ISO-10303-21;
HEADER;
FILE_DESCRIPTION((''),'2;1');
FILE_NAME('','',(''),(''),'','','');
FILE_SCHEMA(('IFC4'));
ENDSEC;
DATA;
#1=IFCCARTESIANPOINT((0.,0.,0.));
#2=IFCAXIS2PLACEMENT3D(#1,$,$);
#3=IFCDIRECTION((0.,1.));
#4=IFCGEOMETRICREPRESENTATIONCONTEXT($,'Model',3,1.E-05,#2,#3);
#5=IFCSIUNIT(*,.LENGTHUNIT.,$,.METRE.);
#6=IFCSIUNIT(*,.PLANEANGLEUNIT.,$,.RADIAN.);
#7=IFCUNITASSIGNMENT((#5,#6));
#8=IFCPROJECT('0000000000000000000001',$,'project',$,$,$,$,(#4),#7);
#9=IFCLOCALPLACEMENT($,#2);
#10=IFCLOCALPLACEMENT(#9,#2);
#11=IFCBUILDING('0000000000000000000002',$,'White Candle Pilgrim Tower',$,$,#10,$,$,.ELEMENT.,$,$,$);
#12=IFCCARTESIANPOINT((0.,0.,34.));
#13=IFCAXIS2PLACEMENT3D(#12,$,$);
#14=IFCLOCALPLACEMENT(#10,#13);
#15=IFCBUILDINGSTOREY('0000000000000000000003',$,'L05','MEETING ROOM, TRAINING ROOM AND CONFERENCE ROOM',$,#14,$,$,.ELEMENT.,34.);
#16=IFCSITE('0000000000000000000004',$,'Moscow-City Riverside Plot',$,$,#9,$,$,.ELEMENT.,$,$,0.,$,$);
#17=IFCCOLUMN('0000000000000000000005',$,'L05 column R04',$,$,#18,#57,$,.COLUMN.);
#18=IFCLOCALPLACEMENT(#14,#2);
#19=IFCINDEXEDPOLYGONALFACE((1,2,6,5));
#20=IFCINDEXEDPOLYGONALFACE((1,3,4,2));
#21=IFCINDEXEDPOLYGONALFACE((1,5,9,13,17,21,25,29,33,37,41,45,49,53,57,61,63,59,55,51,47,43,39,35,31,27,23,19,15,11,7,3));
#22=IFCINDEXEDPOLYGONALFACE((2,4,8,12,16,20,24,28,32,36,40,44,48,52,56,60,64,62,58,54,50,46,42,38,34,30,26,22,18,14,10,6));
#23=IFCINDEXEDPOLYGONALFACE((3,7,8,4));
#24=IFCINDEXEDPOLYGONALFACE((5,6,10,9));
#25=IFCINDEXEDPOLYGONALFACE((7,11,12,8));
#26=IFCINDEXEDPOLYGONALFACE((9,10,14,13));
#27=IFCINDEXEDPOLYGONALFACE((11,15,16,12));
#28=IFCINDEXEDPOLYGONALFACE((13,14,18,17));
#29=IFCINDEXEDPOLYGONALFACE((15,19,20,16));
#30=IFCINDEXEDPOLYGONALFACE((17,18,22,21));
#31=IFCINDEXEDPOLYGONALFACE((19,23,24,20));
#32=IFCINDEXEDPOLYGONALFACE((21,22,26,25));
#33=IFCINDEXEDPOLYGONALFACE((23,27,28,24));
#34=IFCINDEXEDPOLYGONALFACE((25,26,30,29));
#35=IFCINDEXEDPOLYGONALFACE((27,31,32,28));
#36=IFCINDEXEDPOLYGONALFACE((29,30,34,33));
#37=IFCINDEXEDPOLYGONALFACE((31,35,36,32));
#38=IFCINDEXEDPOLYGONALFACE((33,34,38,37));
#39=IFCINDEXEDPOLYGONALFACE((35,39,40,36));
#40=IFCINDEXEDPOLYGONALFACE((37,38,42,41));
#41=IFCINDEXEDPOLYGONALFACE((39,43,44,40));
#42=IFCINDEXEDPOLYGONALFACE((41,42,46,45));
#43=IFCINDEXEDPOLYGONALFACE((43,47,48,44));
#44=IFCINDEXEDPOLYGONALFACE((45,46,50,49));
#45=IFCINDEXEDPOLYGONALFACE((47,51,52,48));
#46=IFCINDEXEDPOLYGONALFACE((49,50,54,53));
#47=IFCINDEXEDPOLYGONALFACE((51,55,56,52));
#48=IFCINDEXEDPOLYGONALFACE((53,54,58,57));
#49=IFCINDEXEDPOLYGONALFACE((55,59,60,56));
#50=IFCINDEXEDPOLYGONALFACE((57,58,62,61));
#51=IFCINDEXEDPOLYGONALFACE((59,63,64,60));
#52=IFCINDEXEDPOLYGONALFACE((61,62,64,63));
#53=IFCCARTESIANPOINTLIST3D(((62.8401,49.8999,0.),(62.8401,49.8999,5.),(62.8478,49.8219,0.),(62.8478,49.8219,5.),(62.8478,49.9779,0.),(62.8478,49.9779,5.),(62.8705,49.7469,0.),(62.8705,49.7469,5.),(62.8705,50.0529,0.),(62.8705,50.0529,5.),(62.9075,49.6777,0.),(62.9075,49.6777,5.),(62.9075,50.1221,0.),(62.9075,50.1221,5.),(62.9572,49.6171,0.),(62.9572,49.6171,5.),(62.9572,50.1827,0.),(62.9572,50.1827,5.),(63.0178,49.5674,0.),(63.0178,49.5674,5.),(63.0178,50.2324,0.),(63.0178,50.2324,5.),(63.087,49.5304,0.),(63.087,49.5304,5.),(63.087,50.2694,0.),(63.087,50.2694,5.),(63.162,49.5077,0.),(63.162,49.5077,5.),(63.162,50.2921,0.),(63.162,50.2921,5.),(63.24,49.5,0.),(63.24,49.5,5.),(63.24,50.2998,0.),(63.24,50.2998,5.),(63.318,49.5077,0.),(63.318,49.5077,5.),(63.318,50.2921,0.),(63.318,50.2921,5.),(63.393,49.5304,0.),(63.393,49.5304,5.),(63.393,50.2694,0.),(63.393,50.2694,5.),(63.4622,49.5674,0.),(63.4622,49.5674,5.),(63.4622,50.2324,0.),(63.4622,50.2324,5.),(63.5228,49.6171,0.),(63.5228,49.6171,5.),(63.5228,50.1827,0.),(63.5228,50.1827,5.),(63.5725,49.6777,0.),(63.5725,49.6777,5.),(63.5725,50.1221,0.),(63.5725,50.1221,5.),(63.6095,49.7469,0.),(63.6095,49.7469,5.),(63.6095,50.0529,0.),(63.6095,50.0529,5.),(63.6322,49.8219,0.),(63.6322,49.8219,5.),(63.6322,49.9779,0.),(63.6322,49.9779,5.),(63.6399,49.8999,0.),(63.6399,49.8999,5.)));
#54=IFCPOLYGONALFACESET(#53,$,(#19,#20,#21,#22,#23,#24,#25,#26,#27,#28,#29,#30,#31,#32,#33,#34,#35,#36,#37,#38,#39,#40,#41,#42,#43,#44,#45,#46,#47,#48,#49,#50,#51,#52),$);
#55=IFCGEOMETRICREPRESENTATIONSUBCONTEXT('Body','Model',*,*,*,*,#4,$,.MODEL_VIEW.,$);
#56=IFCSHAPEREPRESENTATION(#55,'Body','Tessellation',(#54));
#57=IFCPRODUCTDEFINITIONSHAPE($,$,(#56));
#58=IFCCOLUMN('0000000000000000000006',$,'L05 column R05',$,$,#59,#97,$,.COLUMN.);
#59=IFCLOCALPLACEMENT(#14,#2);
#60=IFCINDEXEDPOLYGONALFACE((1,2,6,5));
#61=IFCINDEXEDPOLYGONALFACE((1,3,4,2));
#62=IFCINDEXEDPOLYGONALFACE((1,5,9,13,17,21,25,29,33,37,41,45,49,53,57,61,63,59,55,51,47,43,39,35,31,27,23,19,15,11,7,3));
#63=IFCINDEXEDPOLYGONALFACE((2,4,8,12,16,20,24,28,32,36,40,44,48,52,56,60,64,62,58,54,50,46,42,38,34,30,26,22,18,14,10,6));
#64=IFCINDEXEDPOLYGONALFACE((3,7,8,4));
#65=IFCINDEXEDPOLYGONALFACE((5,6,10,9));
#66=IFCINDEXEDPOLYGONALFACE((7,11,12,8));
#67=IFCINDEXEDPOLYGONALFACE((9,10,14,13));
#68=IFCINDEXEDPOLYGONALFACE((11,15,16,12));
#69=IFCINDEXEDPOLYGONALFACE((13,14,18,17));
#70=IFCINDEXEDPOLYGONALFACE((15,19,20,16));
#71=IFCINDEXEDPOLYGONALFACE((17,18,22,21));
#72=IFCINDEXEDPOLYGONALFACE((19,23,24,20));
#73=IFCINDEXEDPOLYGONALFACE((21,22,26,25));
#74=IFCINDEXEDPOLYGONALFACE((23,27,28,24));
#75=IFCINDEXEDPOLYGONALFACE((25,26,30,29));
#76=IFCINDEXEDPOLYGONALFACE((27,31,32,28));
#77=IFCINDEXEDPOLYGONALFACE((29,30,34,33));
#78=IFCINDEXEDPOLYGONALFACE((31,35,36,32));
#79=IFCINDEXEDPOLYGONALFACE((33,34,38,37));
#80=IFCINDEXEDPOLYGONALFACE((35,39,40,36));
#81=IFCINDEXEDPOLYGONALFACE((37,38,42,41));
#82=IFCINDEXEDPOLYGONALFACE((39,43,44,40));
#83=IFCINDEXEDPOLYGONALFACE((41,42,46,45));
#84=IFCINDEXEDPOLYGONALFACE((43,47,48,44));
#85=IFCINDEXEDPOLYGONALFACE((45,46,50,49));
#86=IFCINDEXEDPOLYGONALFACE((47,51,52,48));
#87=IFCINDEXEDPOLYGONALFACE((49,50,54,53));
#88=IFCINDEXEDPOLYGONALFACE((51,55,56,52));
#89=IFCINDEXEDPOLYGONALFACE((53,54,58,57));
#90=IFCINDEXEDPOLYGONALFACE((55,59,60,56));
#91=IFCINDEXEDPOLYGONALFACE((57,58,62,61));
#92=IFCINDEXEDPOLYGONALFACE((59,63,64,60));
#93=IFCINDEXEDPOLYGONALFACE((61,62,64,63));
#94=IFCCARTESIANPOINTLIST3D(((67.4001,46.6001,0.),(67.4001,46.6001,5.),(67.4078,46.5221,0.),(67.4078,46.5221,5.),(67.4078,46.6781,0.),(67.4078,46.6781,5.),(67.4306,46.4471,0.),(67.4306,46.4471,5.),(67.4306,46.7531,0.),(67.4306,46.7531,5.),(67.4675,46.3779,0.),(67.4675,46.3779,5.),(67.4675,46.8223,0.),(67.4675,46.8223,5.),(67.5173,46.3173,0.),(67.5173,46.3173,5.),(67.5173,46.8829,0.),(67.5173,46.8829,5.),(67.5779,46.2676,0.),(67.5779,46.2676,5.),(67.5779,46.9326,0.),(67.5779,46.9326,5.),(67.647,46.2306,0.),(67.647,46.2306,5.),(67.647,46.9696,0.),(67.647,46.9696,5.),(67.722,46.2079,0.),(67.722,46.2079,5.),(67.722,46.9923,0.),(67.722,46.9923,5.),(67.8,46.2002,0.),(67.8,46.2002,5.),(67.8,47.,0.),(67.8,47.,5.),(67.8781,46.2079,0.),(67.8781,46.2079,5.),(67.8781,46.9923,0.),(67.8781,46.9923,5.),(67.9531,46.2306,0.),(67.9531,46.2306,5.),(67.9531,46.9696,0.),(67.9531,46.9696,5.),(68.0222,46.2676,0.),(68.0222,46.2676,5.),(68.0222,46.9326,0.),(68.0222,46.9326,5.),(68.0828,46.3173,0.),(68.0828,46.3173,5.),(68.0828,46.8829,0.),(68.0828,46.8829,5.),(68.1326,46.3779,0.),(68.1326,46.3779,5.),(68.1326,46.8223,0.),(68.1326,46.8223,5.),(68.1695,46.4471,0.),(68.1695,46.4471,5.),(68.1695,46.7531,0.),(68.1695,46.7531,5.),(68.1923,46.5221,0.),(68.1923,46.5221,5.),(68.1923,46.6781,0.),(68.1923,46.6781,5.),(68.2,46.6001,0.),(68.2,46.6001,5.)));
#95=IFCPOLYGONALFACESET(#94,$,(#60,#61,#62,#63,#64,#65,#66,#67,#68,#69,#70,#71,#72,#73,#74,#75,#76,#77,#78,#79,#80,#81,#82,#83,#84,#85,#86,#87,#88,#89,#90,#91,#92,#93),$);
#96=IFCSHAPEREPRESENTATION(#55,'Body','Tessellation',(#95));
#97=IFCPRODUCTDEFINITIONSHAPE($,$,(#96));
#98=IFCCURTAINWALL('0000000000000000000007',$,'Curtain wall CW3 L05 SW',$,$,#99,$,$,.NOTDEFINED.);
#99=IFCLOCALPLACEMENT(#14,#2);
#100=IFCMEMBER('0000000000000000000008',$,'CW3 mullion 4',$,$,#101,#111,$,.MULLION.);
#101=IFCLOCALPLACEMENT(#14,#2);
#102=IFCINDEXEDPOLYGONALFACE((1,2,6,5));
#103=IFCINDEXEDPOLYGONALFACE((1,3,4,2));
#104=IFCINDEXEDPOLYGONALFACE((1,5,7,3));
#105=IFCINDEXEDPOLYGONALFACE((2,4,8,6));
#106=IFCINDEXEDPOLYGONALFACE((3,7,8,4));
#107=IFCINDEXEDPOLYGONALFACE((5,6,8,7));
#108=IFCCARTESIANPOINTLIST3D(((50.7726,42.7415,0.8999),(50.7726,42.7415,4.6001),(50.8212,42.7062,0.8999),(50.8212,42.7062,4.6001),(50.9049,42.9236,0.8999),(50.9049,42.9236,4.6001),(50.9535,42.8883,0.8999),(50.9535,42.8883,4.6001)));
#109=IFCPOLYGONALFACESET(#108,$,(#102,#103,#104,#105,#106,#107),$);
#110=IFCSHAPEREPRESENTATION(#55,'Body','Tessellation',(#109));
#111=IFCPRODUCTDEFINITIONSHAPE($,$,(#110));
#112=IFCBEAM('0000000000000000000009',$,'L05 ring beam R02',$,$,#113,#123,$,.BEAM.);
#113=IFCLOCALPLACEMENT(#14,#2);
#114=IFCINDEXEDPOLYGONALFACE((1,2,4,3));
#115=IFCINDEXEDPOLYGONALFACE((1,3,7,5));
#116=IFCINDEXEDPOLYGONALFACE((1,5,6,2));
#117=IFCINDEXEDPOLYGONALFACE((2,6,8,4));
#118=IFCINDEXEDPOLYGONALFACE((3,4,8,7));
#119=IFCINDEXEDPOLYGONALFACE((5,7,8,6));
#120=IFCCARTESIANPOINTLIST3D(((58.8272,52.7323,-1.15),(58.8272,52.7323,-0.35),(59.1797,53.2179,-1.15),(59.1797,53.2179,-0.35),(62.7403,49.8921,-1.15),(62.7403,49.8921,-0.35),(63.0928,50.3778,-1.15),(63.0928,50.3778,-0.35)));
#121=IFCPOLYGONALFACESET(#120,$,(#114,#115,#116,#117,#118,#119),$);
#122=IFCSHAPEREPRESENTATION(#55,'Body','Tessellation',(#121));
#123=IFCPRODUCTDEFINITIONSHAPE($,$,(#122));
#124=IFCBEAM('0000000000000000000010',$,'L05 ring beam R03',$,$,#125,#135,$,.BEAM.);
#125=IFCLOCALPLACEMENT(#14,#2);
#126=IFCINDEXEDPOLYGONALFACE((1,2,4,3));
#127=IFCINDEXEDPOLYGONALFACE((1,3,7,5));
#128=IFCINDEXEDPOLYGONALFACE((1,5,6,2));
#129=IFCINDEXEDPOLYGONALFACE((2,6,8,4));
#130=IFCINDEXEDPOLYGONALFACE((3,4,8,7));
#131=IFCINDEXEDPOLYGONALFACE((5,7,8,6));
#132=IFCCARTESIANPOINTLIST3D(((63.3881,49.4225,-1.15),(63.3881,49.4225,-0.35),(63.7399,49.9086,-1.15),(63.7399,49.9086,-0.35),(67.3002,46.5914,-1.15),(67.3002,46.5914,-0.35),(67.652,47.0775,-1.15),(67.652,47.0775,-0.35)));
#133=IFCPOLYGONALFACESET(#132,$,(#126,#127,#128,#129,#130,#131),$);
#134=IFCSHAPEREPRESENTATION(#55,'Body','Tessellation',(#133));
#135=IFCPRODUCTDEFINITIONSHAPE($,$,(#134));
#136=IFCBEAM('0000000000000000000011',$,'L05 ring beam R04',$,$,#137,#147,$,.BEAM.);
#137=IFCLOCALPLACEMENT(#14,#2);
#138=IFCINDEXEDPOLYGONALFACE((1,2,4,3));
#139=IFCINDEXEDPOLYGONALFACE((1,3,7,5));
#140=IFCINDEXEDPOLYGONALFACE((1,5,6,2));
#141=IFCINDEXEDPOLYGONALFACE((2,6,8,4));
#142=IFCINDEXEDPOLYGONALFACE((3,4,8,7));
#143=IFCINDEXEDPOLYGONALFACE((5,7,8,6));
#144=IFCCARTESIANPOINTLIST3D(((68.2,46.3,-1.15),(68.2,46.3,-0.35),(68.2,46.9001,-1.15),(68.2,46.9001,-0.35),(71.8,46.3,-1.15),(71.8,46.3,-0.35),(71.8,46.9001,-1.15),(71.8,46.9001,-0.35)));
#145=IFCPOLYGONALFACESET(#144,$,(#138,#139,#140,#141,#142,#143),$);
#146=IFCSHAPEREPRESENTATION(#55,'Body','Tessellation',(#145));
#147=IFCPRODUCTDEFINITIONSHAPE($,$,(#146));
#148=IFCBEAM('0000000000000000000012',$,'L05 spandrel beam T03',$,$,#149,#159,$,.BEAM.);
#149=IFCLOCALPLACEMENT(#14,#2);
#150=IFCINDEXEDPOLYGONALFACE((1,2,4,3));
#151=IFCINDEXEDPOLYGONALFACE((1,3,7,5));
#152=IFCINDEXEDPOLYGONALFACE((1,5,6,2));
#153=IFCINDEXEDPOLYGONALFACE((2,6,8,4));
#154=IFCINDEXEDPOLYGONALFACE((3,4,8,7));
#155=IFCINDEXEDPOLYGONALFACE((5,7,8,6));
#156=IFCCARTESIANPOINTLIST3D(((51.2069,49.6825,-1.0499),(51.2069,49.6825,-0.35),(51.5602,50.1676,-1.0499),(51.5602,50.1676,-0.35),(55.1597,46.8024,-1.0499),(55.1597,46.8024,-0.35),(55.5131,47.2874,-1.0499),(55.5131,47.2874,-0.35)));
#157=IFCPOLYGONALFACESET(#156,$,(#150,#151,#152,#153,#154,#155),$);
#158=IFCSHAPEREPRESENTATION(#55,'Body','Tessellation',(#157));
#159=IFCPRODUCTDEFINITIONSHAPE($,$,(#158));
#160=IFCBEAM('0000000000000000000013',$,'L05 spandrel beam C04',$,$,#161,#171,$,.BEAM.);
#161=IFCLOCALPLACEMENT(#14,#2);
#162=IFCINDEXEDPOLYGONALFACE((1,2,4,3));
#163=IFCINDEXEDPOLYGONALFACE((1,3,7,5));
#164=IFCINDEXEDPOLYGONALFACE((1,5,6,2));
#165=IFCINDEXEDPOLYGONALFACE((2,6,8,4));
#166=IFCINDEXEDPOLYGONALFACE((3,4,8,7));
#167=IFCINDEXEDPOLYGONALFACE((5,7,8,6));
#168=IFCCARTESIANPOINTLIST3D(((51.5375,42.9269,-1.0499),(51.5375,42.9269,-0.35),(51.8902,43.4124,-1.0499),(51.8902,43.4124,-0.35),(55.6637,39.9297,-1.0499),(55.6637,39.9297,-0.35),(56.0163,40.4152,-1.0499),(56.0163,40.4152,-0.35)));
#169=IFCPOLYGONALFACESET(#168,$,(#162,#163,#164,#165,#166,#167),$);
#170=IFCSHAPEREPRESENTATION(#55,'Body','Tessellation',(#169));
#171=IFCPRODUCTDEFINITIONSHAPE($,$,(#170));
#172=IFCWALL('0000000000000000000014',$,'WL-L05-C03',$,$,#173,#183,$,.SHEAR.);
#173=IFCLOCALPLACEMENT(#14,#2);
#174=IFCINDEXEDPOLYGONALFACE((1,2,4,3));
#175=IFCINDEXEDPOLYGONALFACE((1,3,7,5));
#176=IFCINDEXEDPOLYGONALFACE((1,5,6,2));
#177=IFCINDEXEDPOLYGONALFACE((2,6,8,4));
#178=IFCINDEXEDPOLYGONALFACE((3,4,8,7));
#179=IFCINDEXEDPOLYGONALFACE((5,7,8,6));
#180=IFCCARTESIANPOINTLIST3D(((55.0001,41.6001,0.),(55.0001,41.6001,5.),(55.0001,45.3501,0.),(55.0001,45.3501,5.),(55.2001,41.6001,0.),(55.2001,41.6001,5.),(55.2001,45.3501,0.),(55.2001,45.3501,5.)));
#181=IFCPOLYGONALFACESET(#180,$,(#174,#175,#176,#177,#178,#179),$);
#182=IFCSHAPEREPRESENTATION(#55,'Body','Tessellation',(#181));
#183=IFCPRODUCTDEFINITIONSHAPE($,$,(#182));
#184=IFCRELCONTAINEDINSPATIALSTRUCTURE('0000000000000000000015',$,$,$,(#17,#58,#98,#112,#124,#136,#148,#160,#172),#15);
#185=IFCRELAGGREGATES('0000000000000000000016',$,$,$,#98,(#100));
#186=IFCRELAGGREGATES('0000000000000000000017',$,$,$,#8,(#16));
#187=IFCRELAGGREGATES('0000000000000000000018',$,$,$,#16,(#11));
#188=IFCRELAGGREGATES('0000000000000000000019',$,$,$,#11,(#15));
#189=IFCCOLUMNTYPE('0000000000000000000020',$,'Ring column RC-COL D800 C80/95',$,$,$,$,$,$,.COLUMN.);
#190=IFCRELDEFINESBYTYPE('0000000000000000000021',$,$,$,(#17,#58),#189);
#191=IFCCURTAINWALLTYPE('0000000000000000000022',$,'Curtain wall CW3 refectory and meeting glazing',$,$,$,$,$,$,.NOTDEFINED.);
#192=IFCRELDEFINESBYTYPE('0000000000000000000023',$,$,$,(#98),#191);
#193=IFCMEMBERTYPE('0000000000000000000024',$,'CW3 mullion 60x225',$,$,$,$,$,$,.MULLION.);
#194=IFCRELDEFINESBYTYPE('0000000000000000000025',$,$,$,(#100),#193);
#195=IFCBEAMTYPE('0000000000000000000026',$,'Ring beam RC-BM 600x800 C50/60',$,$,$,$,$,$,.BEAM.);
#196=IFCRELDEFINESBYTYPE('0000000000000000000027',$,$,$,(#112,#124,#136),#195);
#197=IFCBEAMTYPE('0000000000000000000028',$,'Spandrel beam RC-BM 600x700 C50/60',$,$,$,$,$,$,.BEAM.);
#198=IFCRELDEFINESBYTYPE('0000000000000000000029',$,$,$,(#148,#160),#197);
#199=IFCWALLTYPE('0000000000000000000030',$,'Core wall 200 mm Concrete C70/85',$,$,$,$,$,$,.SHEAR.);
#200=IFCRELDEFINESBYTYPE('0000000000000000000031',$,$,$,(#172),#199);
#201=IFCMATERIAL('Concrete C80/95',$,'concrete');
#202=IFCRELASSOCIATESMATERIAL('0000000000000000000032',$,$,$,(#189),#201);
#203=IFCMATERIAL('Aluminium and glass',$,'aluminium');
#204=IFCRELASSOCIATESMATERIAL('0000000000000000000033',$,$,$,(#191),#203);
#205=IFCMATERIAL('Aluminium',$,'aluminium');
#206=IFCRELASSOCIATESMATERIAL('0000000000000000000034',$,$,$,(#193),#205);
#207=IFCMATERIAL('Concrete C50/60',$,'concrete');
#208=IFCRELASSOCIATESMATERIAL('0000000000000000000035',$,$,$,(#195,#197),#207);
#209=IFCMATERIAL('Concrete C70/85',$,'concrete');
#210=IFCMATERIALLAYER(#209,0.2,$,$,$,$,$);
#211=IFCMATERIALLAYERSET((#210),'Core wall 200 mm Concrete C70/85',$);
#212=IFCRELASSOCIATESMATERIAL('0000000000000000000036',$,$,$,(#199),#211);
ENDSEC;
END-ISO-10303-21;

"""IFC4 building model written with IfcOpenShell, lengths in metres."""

from ifc_helpers import new_model, si_unit, direction, frame, frame_2d, origin, origin_2d, place, context, subcontext, project, spatial, rectangle, circle, extrude, material, layer, layer_set, material_profile, profile_set, type_object, element, aggregate, save


model = new_model("IFC4")

# Units and contexts
model_context = context("Model", 3, precision=1e-05, world=origin(), true_north=direction((0.0, 1.0)))
body_context = subcontext(model_context, "Body", "Model", "MODEL_VIEW")
ifc_project = project(units=[si_unit("LENGTHUNIT", "METRE"), si_unit("PLANEANGLEUNIT", "RADIAN")], contexts=[model_context])

# Site, building, storey
site_placement = place(None, origin())
site = spatial("IfcSite", under=ifc_project, at=site_placement, Name="Moscow-City Riverside Plot", CompositionType="ELEMENT", RefElevation=0.0)
building_placement = place(site_placement, origin())
building = spatial("IfcBuilding", under=site, at=building_placement, Name="White Candle Pilgrim Tower", CompositionType="ELEMENT")
storey_placement = place(building_placement, frame((0.0, 0.0, 34.0)))
storey = spatial("IfcBuildingStorey", under=building, at=storey_placement, Name="L05", Description="MEETING ROOM, TRAINING ROOM AND CONFERENCE ROOM", CompositionType="ELEMENT", Elevation=34.0)

# Columns
ifc_material_1 = material(Name="Concrete C80/95", Category="concrete")
ifc_material_profile_1 = material_profile(ifc_material_1, circle(Radius=0.3999, at=origin_2d()), Name="RC-COL D800")
ifc_profile_set_1 = profile_set([ifc_material_profile_1], Name="Concrete C80/95")
column_type_1 = type_object("IfcColumnType", Name="Ring column RC-COL D800 C80/95", PredefinedType="COLUMN", material=ifc_profile_set_1)
for number, where, z_axis, x_axis, name in (
    (1, (63.24, 49.8999, 0.0), (0.0, 0.0, 1.0), (1.0, 0.0, 0.0), "L05 column R04"),
    (2, (67.8, 46.6001, 0.0), (0.0, 0.0, 1.0), (1.0, 0.0, 0.0), "L05 column R05"),
):
    element("IfcColumn", number, at=place(storey_placement, frame(where, z_axis=z_axis, x_axis=x_axis)), inside=storey, type_object=column_type_1, Name=name, PredefinedType="COLUMN", context=body_context, shape_type="SweptSolid", body=[
        extrude(circle(Radius=0.3999, at=origin_2d()), origin(), (0.0, 0.0, 1.0), 5.0),
    ])

# Curtain wall, member
ifc_material_2 = material(Name="Aluminium and glass", Category="aluminium")
curtain_wall_type = type_object("IfcCurtainWallType", Name="Curtain wall CW3 refectory and meeting glazing", PredefinedType="NOTDEFINED", material=ifc_material_2)
curtain_wall_placement = place(storey_placement, origin())
curtain_wall = element("IfcCurtainWall", 3, at=curtain_wall_placement, inside=storey, type_object=curtain_wall_type, Name="Curtain wall CW3 L05 SW", PredefinedType="NOTDEFINED")
ifc_material_3 = material(Name="Aluminium", Category="aluminium")
ifc_material_profile_2 = material_profile(ifc_material_3, rectangle(XDim=0.2251, YDim=0.0601, at=origin_2d()), Name="CW3 mullion 60x225")
ifc_profile_set_2 = profile_set([ifc_material_profile_2], Name="Aluminium")
member_type = type_object("IfcMemberType", Name="CW3 mullion 60x225", PredefinedType="MULLION", material=ifc_profile_set_2)
member_placement = place(storey_placement, frame((50.863, 42.8149, 0.8999), z_axis=(0.0, 0.0, 1.0), x_axis=(0.587785, 0.809017, 0.0)))
member = element("IfcMember", 4, at=member_placement, type_object=member_type, Name="CW3 mullion 4", PredefinedType="MULLION", context=body_context, shape_type="SweptSolid", body=[
    extrude(rectangle(XDim=0.2251, YDim=0.0601, at=origin_2d()), origin(), (0.0, 0.0, 1.0), 3.7002),
])
aggregate(curtain_wall, [member])

# Beams
ifc_material_4 = material(Name="Concrete C50/60", Category="concrete")
ifc_material_profile_3 = material_profile(ifc_material_4, rectangle(XDim=0.6001, YDim=0.8, at=origin_2d()), Name="RC-BM 600x800")
ifc_profile_set_3 = profile_set([ifc_material_profile_3], Name="Concrete C50/60")
beam_type_1 = type_object("IfcBeamType", Name="Ring beam RC-BM 600x800 C50/60", PredefinedType="BEAM", material=ifc_profile_set_3)
beam_1_placement = place(storey_placement, frame((59.0034, 52.9751, -0.75), z_axis=(0.809306, -0.587388, 0.0), x_axis=(0.587388, 0.809306, 0.0)))
element("IfcBeam", 5, at=beam_1_placement, inside=storey, type_object=beam_type_1, Name="L05 ring beam R02", PredefinedType="BEAM", context=body_context, shape_type="SweptSolid", body=[
    extrude(rectangle(XDim=0.6001, YDim=0.8, at=origin_2d()), origin(), (0.0, 0.0, 1.0), 4.8352),
])
beam_2_placement = place(storey_placement, frame((63.564, 49.6655, -0.75), z_axis=(0.810124, -0.586258, 0.0), x_axis=(0.586258, 0.810124, 0.0)))
element("IfcBeam", 6, at=beam_2_placement, inside=storey, type_object=beam_type_1, Name="L05 ring beam R03", PredefinedType="BEAM", context=body_context, shape_type="SweptSolid", body=[
    extrude(rectangle(XDim=0.6001, YDim=0.8, at=origin_2d()), origin(), (0.0, 0.0, 1.0), 4.8291),
])
beam_3_placement = place(storey_placement, frame((68.2, 46.6001, -0.75), z_axis=(1.0, 0.0, 0.0), x_axis=(0.0, 1.0, 0.0)))
element("IfcBeam", 7, at=beam_3_placement, inside=storey, type_object=beam_type_1, Name="L05 ring beam R04", PredefinedType="BEAM", context=body_context, shape_type="SweptSolid", body=[
    extrude(rectangle(XDim=0.6001, YDim=0.8, at=origin_2d()), origin(), (0.0, 0.0, 1.0), 3.6001),
])
ifc_material_profile_4 = material_profile(ifc_material_4, rectangle(XDim=0.6001, YDim=0.7, at=origin_2d()), Name="RC-BM 600x700")
ifc_profile_set_4 = profile_set([ifc_material_profile_4], Name="Concrete C50/60")
beam_type_2 = type_object("IfcBeamType", Name="Spandrel beam RC-BM 600x700 C50/60", PredefinedType="BEAM", material=ifc_profile_set_4)
beam_4_placement = place(storey_placement, frame((51.3835, 49.925, -0.7), z_axis=(0.80822, -0.588881, 0.0), x_axis=(0.588881, 0.80822, 0.0)))
element("IfcBeam", 8, at=beam_4_placement, inside=storey, type_object=beam_type_2, Name="L05 spandrel beam T03", PredefinedType="BEAM", context=body_context, shape_type="SweptSolid", body=[
    extrude(rectangle(XDim=0.6001, YDim=0.7, at=origin_2d()), origin(), (0.0, 0.0, 1.0), 4.8909),
])
beam_5_placement = place(storey_placement, frame((51.7139, 43.1697, -0.7), z_axis=(0.809069, -0.587713, 0.0), x_axis=(0.587713, 0.809069, 0.0)))
element("IfcBeam", 9, at=beam_5_placement, inside=storey, type_object=beam_type_2, Name="L05 spandrel beam C04", PredefinedType="BEAM", context=body_context, shape_type="SweptSolid", body=[
    extrude(rectangle(XDim=0.6001, YDim=0.7, at=origin_2d()), origin(), (0.0, 0.0, 1.0), 5.0999),
])

# Wall
ifc_material_5 = material(Name="Concrete C70/85", Category="concrete")
ifc_layer_1 = layer(ifc_material_5, 0.2)
ifc_layer_set_1 = layer_set([ifc_layer_1], Name="Core wall 200 mm Concrete C70/85")
wall_type_1 = type_object("IfcWallType", Name="Core wall 200 mm Concrete C70/85", PredefinedType="SHEAR", material=ifc_layer_set_1)
wall_1_placement = place(storey_placement, frame((55.1001, 41.6001, 0.0), z_axis=(0.0, 0.0, 1.0), x_axis=(0.0, 1.0, 0.0)))
element("IfcWall", 10, at=wall_1_placement, inside=storey, type_object=wall_type_1, Name="WL-L05-C03", PredefinedType="SHEAR", context=body_context, shape_type="SweptSolid", body=[
    extrude(rectangle(XDim=3.75, YDim=0.2, at=frame_2d((1.875, 0.0))), origin(), (0.0, 0.0, 1.0), 5.0),
])

save(model, "model.ifc")
